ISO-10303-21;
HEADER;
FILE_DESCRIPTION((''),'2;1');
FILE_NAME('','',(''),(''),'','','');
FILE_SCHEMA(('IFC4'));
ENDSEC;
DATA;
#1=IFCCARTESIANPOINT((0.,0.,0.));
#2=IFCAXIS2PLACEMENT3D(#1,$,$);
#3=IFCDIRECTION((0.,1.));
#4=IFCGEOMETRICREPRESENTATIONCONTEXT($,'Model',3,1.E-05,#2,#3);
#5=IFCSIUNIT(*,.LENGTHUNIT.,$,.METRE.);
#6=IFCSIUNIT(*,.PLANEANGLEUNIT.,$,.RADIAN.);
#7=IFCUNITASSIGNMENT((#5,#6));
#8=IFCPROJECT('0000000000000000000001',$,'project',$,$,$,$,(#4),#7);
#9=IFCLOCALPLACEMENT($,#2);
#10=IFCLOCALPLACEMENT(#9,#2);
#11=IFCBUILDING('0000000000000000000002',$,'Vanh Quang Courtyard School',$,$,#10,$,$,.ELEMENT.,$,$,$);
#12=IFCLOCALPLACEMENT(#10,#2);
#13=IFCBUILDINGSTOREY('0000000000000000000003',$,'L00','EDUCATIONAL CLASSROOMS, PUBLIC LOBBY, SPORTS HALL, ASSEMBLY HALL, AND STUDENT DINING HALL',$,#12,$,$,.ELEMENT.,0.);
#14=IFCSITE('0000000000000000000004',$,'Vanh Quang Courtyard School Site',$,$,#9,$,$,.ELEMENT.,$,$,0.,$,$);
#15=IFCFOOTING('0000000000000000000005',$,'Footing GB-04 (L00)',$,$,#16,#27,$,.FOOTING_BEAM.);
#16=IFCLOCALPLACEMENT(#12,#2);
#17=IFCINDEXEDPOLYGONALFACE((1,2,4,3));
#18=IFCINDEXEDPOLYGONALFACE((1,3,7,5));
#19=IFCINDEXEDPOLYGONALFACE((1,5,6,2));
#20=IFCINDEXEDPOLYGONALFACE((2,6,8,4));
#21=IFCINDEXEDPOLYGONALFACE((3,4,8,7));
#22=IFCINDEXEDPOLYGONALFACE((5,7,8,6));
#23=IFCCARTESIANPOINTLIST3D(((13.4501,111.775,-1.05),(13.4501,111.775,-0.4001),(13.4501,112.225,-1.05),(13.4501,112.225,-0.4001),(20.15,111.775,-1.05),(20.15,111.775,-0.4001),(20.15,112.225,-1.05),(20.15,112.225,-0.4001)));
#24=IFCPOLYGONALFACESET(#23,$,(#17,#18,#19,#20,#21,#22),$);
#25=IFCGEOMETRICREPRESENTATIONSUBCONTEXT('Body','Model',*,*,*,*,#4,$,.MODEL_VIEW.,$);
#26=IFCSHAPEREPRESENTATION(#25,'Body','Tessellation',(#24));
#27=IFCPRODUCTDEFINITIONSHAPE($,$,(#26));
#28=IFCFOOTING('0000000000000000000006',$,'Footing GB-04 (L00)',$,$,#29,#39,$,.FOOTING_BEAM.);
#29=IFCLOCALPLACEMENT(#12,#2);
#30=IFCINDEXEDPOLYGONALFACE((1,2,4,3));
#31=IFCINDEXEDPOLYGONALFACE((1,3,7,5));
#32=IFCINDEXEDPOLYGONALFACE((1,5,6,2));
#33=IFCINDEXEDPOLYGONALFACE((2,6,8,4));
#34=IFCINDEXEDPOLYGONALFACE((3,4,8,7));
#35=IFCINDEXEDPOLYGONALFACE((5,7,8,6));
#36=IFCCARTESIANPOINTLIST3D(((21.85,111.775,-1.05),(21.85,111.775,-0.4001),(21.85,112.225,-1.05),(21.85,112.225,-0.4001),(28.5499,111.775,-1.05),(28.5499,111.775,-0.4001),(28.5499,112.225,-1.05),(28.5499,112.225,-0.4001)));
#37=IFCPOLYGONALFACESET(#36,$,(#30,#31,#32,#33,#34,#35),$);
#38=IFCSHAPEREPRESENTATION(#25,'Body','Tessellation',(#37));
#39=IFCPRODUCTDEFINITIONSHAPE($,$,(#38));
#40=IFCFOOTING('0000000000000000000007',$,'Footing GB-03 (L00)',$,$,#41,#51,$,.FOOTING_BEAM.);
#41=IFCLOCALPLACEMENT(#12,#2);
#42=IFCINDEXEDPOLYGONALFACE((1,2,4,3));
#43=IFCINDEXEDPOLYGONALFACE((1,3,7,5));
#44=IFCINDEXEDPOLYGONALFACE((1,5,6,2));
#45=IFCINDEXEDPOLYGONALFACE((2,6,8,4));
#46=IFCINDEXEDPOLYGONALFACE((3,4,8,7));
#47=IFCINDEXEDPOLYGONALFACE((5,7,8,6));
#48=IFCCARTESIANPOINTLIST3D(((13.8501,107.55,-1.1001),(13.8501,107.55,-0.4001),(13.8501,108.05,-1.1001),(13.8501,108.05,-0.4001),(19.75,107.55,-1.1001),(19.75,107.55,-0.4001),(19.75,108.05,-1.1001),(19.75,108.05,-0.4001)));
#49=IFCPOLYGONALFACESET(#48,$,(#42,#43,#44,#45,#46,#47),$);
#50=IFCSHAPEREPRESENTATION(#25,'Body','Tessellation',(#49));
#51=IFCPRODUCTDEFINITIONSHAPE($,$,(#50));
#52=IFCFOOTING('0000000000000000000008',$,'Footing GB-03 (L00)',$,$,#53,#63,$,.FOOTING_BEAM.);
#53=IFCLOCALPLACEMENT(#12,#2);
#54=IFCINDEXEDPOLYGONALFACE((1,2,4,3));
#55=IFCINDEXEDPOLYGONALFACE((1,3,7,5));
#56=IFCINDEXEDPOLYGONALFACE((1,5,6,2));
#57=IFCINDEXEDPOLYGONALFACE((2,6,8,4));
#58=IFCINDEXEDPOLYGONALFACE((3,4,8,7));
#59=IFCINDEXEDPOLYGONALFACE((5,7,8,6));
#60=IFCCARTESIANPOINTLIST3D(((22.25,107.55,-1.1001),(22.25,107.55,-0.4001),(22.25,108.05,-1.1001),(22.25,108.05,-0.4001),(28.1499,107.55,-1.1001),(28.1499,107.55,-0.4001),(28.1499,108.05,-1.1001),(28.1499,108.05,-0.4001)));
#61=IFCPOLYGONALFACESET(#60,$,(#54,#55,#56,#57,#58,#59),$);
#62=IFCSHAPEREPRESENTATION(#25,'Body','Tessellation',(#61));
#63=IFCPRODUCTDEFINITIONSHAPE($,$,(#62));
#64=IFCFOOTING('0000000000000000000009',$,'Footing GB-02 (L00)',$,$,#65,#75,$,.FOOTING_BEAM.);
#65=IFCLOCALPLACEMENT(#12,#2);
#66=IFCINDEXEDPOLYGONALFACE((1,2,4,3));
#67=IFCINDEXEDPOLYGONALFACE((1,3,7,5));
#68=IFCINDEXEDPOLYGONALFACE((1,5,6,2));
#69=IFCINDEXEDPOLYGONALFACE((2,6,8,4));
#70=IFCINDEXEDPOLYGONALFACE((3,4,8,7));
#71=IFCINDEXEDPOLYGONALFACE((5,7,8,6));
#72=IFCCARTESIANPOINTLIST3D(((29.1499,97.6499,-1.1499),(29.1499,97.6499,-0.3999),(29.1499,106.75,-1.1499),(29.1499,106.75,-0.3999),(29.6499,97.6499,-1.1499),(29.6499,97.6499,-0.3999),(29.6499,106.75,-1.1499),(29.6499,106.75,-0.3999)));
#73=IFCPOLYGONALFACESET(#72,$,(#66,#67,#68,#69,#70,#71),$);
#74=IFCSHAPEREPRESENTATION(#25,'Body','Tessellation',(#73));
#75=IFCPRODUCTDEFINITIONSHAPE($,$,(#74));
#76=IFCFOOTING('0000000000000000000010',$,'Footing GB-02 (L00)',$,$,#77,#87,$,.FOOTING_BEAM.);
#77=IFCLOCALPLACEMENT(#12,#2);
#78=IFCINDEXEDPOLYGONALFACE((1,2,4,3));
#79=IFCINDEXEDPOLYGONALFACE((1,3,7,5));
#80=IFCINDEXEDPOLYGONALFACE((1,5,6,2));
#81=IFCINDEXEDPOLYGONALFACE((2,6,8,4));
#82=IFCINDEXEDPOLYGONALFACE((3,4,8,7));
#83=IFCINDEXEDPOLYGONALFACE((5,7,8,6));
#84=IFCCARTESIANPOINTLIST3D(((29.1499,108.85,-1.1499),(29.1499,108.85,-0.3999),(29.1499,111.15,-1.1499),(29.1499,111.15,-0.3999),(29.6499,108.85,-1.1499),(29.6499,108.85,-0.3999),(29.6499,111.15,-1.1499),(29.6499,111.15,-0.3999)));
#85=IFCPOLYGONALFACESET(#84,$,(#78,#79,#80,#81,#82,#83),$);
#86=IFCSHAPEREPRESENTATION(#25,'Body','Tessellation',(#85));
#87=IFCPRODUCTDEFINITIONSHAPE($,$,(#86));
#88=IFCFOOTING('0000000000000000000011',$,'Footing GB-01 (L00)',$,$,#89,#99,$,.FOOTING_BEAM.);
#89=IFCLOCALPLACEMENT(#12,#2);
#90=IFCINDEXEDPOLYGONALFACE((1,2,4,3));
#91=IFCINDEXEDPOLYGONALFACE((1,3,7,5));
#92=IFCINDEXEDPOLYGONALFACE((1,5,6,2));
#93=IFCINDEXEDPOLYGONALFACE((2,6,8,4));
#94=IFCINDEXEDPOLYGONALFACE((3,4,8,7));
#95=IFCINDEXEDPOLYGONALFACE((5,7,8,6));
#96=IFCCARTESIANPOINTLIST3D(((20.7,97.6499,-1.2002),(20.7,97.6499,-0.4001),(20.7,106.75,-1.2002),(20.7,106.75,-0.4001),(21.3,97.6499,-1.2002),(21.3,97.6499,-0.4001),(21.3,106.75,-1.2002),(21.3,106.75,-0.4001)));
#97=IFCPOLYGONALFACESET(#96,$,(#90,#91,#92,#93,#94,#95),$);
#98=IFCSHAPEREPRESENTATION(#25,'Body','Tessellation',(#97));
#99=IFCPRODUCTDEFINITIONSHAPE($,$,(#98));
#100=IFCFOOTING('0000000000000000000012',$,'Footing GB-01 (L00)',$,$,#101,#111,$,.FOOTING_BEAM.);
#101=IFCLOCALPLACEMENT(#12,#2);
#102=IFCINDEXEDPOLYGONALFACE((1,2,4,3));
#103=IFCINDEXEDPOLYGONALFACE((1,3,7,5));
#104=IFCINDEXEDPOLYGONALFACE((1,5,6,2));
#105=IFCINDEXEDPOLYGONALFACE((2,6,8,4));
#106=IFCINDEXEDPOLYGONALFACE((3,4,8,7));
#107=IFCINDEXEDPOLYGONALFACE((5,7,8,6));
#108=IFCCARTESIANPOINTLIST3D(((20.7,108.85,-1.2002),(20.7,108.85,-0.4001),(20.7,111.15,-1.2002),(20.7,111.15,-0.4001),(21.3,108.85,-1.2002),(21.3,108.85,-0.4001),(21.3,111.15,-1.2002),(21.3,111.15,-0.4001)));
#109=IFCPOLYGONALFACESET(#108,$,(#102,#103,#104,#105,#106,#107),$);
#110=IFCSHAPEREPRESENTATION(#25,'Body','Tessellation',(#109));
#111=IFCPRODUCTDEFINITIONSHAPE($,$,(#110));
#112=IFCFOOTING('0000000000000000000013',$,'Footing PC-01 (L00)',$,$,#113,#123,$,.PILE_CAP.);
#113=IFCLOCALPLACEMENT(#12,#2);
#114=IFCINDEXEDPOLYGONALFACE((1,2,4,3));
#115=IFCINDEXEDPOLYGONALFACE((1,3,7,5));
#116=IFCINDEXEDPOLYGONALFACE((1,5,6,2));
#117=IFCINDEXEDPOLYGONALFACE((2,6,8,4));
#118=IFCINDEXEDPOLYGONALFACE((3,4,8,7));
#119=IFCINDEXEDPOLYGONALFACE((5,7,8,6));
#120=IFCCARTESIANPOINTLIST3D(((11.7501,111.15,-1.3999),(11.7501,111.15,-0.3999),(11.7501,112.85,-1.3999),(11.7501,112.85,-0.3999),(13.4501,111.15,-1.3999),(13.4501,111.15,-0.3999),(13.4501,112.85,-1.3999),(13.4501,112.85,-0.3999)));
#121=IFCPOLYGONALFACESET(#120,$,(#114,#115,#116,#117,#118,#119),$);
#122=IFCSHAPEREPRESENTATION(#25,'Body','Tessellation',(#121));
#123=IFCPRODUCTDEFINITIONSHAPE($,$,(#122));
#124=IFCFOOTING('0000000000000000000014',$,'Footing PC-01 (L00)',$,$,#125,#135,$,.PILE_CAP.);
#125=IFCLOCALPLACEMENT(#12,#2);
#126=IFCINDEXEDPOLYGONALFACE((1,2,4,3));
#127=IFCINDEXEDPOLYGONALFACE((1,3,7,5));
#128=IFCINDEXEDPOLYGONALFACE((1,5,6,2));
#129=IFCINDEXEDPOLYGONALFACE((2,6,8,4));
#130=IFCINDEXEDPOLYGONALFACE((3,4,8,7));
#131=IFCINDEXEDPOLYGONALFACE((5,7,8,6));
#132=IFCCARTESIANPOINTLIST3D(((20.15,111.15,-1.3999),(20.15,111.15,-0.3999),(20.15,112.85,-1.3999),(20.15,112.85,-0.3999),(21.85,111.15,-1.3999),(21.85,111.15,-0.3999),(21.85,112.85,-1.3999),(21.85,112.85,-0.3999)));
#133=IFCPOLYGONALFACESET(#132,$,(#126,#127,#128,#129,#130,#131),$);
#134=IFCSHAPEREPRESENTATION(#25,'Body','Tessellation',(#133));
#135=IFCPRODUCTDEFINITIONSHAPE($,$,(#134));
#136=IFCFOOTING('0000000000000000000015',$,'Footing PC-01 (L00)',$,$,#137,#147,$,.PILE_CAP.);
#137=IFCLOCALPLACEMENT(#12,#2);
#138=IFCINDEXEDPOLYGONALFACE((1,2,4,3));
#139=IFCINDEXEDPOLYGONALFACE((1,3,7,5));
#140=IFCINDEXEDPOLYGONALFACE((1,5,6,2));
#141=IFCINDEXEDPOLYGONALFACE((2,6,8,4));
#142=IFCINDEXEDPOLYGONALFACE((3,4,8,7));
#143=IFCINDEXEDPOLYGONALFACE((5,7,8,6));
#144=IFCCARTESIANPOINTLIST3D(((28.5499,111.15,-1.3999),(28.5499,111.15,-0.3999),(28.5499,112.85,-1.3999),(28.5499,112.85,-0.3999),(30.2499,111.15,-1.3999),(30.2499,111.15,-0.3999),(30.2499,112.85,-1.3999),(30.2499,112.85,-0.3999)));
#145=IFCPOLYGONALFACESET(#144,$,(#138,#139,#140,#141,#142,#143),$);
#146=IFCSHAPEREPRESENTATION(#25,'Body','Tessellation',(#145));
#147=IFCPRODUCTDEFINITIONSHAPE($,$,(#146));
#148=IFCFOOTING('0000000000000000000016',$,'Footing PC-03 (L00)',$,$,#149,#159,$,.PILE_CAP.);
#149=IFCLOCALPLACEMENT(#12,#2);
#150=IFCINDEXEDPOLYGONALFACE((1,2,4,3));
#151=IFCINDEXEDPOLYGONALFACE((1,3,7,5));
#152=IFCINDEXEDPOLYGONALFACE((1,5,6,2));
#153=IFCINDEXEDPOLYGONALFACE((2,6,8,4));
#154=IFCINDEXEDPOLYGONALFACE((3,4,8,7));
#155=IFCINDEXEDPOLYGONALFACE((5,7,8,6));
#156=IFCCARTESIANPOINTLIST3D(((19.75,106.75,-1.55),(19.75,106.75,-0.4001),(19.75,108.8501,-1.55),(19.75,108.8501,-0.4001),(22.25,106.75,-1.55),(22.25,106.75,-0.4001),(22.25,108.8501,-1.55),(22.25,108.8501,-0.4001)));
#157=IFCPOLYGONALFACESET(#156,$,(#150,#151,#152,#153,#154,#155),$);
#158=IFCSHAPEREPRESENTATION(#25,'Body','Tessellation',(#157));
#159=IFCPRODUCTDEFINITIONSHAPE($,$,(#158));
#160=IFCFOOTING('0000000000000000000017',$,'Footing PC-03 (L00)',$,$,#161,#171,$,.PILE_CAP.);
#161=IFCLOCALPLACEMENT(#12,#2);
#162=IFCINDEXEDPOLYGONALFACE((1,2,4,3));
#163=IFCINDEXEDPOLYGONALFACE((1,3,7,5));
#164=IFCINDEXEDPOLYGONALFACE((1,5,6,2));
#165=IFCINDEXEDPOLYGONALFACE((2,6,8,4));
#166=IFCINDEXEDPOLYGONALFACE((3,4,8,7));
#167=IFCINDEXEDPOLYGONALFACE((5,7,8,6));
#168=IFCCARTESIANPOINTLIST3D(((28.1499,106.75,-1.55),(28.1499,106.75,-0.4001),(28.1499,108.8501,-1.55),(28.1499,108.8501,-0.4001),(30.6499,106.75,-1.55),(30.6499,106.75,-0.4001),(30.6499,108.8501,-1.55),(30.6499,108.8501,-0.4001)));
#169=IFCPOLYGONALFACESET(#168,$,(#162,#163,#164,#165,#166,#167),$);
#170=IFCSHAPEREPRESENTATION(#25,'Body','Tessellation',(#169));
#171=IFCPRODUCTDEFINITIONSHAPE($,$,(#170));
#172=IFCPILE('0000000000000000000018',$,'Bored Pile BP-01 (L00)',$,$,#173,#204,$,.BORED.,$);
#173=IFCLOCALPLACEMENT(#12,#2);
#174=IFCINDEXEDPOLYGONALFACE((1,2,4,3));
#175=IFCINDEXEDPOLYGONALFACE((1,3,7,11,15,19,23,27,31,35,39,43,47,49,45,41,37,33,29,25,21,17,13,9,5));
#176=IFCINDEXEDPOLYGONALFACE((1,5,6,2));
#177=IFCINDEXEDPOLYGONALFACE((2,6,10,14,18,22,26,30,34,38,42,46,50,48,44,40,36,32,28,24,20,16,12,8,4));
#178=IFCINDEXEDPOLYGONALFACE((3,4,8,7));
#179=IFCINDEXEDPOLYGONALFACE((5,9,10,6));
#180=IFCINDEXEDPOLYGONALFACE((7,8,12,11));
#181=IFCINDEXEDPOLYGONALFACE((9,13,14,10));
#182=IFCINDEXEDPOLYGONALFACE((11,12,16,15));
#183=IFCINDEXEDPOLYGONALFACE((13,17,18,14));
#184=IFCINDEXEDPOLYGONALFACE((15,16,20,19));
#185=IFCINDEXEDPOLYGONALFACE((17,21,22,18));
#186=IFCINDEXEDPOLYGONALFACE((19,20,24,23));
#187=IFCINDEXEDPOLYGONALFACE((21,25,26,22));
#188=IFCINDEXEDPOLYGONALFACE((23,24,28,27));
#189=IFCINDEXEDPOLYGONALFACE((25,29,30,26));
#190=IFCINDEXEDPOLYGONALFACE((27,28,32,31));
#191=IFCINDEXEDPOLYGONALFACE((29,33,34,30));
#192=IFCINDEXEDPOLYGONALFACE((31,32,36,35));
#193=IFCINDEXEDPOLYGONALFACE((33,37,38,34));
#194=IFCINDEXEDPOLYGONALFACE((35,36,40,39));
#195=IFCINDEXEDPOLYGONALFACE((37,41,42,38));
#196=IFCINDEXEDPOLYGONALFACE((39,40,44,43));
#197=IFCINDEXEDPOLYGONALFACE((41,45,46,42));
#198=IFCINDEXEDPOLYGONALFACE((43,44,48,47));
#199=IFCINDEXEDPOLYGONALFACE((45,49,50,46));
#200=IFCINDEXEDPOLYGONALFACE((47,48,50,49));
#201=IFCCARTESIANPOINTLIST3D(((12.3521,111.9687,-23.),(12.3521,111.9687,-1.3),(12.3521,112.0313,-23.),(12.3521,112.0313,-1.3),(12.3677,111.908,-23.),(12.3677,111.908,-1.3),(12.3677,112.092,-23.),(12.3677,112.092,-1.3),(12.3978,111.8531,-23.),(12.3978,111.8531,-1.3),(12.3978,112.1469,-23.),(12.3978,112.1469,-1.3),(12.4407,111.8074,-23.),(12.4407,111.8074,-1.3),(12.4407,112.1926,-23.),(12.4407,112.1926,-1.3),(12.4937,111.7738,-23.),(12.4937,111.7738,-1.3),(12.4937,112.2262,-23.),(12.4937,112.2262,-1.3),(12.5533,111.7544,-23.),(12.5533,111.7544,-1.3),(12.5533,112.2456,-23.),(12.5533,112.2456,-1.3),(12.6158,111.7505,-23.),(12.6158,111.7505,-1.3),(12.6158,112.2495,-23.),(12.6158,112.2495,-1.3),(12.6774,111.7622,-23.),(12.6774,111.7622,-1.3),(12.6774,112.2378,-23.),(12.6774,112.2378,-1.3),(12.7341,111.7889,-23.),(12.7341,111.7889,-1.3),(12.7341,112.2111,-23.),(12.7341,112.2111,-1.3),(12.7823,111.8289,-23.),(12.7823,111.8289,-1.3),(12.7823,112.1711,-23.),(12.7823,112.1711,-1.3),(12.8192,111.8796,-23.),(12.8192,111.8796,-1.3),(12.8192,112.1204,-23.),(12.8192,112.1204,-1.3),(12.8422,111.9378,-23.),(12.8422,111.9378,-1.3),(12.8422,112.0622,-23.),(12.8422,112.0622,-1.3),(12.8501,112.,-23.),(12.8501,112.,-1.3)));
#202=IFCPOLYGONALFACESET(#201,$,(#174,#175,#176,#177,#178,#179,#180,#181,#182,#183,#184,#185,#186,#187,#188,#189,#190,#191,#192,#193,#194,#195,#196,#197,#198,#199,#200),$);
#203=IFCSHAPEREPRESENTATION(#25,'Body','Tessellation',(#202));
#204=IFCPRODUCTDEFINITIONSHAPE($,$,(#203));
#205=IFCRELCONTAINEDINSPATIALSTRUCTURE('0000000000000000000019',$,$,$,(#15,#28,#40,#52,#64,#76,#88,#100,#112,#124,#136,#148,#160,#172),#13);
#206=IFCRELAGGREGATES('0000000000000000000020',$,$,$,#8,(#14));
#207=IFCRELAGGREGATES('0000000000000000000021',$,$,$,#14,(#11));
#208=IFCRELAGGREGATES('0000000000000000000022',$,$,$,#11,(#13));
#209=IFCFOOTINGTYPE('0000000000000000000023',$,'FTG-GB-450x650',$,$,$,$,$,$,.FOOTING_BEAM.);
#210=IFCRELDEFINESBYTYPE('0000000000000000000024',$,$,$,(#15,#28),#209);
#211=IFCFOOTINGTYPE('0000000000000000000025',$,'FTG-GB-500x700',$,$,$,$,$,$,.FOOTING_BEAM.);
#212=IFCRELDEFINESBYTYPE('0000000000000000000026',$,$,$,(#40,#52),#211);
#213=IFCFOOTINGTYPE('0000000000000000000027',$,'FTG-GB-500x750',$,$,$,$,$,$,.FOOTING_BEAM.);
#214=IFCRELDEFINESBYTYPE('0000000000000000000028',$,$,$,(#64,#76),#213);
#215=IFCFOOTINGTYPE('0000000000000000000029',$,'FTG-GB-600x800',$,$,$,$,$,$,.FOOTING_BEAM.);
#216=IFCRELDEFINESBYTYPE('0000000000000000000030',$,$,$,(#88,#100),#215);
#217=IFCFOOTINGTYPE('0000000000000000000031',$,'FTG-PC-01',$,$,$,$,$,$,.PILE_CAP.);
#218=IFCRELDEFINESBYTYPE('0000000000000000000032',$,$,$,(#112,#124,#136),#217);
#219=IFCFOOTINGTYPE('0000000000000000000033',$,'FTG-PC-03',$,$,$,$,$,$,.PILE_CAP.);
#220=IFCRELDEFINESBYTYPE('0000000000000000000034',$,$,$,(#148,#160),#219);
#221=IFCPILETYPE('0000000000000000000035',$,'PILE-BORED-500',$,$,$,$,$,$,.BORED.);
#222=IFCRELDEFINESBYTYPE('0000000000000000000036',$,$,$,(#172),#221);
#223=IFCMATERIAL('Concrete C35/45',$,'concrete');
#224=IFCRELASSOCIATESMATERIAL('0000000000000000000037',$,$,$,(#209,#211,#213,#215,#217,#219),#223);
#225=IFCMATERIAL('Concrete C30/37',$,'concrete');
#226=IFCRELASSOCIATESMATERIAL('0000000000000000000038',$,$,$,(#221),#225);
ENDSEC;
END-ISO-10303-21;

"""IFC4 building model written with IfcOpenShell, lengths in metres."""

from ifc_helpers import new_model, si_unit, direction, frame, origin, origin_2d, place, context, subcontext, project, spatial, rectangle, circle, extrude, material, material_profile, profile_set, type_object, element, save


model = new_model("IFC4")

# Units and contexts
model_context = context("Model", 3, precision=1e-05, world=origin(), true_north=direction((0.0, 1.0)))
body_context = subcontext(model_context, "Body", "Model", "MODEL_VIEW")
ifc_project = project(units=[si_unit("LENGTHUNIT", "METRE"), si_unit("PLANEANGLEUNIT", "RADIAN")], contexts=[model_context])

# Site, building, storey
site_placement = place(None, origin())
site = spatial("IfcSite", under=ifc_project, at=site_placement, Name="Vanh Quang Courtyard School Site", CompositionType="ELEMENT", RefElevation=0.0)
building_placement = place(site_placement, origin())
building = spatial("IfcBuilding", under=site, at=building_placement, Name="Vanh Quang Courtyard School", CompositionType="ELEMENT")
storey_placement = place(building_placement, origin())
storey = spatial("IfcBuildingStorey", under=building, at=storey_placement, Name="L00", Description="EDUCATIONAL CLASSROOMS, PUBLIC LOBBY, SPORTS HALL, ASSEMBLY HALL, AND STUDENT DINING HALL", CompositionType="ELEMENT", Elevation=0.0)

# Footings
ifc_material_1 = material(Name="Concrete C35/45", Category="concrete")
footing_type_1 = type_object("IfcFootingType", Name="FTG-GB-450x650", PredefinedType="FOOTING_BEAM", material=ifc_material_1)
for number, where, z_axis, x_axis, name in (
    (1, (16.8, 112.0, -1.05), (0.0, 0.0, 1.0), (1.0, 0.0, 0.0), "Footing GB-04 (L00)"),
    (2, (25.2, 112.0, -1.05), (0.0, 0.0, 1.0), (1.0, 0.0, 0.0), "Footing GB-04 (L00)"),
):
    element("IfcFooting", number, at=place(storey_placement, frame(where, z_axis=z_axis, x_axis=x_axis)), inside=storey, type_object=footing_type_1, Name=name, PredefinedType="FOOTING_BEAM", context=body_context, shape_type="SweptSolid", body=[
        extrude(rectangle(XDim=6.7, YDim=0.45, at=origin_2d()), origin(), (0.0, 0.0, 1.0), 0.6499),
    ])
footing_type_2 = type_object("IfcFootingType", Name="FTG-GB-500x700", PredefinedType="FOOTING_BEAM", material=ifc_material_1)
for number, where, z_axis, x_axis, name in (
    (3, (16.8, 107.8, -1.1001), (0.0, 0.0, 1.0), (1.0, 0.0, 0.0), "Footing GB-03 (L00)"),
    (4, (25.2, 107.8, -1.1001), (0.0, 0.0, 1.0), (1.0, 0.0, 0.0), "Footing GB-03 (L00)"),
):
    element("IfcFooting", number, at=place(storey_placement, frame(where, z_axis=z_axis, x_axis=x_axis)), inside=storey, type_object=footing_type_2, Name=name, PredefinedType="FOOTING_BEAM", context=body_context, shape_type="SweptSolid", body=[
        extrude(rectangle(XDim=5.8999, YDim=0.5, at=origin_2d()), origin(), (0.0, 0.0, 1.0), 0.7),
    ])
footing_type_3 = type_object("IfcFootingType", Name="FTG-GB-500x750", PredefinedType="FOOTING_BEAM", material=ifc_material_1)
footing_1_placement = place(storey_placement, frame((29.3999, 102.2, -1.1499), z_axis=(0.0, 0.0, 1.0), x_axis=(0.0, 1.0, 0.0)))
element("IfcFooting", 5, at=footing_1_placement, inside=storey, type_object=footing_type_3, Name="Footing GB-02 (L00)", PredefinedType="FOOTING_BEAM", context=body_context, shape_type="SweptSolid", body=[
    extrude(rectangle(XDim=9.1001, YDim=0.5, at=origin_2d()), origin(), (0.0, 0.0, 1.0), 0.75),
])
footing_2_placement = place(storey_placement, frame((29.3999, 110.0, -1.1499), z_axis=(0.0, 0.0, 1.0), x_axis=(0.0, 1.0, 0.0)))
element("IfcFooting", 6, at=footing_2_placement, inside=storey, type_object=footing_type_3, Name="Footing GB-02 (L00)", PredefinedType="FOOTING_BEAM", context=body_context, shape_type="SweptSolid", body=[
    extrude(rectangle(XDim=2.3, YDim=0.5, at=origin_2d()), origin(), (0.0, 0.0, 1.0), 0.75),
])
footing_type_4 = type_object("IfcFootingType", Name="FTG-GB-600x800", PredefinedType="FOOTING_BEAM", material=ifc_material_1)
footing_3_placement = place(storey_placement, frame((21.0, 102.2, -1.2002), z_axis=(0.0, 0.0, 1.0), x_axis=(0.0, 1.0, 0.0)))
element("IfcFooting", 7, at=footing_3_placement, inside=storey, type_object=footing_type_4, Name="Footing GB-01 (L00)", PredefinedType="FOOTING_BEAM", context=body_context, shape_type="SweptSolid", body=[
    extrude(rectangle(XDim=9.1001, YDim=0.6001, at=origin_2d()), origin(), (0.0, 0.0, 1.0), 0.8),
])
footing_4_placement = place(storey_placement, frame((21.0, 110.0, -1.2002), z_axis=(0.0, 0.0, 1.0), x_axis=(0.0, 1.0, 0.0)))
element("IfcFooting", 8, at=footing_4_placement, inside=storey, type_object=footing_type_4, Name="Footing GB-01 (L00)", PredefinedType="FOOTING_BEAM", context=body_context, shape_type="SweptSolid", body=[
    extrude(rectangle(XDim=2.3, YDim=0.6001, at=origin_2d()), origin(), (0.0, 0.0, 1.0), 0.8),
])
footing_type_5 = type_object("IfcFootingType", Name="FTG-PC-01", PredefinedType="PILE_CAP", material=ifc_material_1)
for number, where, z_axis, x_axis, name in (
    (9, (12.6001, 112.0, -1.3999), (0.0, 0.0, 1.0), (1.0, 0.0, 0.0), "Footing PC-01 (L00)"),
    (10, (21.0, 112.0, -1.3999), (0.0, 0.0, 1.0), (1.0, 0.0, 0.0), "Footing PC-01 (L00)"),
    (11, (29.3999, 112.0, -1.3999), (0.0, 0.0, 1.0), (1.0, 0.0, 0.0), "Footing PC-01 (L00)"),
):
    element("IfcFooting", number, at=place(storey_placement, frame(where, z_axis=z_axis, x_axis=x_axis)), inside=storey, type_object=footing_type_5, Name=name, PredefinedType="PILE_CAP", context=body_context, shape_type="SweptSolid", body=[
        extrude(rectangle(XDim=1.7, YDim=1.7, at=origin_2d()), origin(), (0.0, 0.0, 1.0), 1.0),
    ])
footing_type_6 = type_object("IfcFootingType", Name="FTG-PC-03", PredefinedType="PILE_CAP", material=ifc_material_1)
for number, where, z_axis, x_axis, name in (
    (12, (21.0, 107.8, -1.55), (0.0, 0.0, 1.0), (1.0, 0.0, 0.0), "Footing PC-03 (L00)"),
    (13, (29.3999, 107.8, -1.55), (0.0, 0.0, 1.0), (1.0, 0.0, 0.0), "Footing PC-03 (L00)"),
):
    element("IfcFooting", number, at=place(storey_placement, frame(where, z_axis=z_axis, x_axis=x_axis)), inside=storey, type_object=footing_type_6, Name=name, PredefinedType="PILE_CAP", context=body_context, shape_type="SweptSolid", body=[
        extrude(rectangle(XDim=2.5, YDim=2.1001, at=origin_2d()), origin(), (0.0, 0.0, 1.0), 1.1499),
    ])

# Pile
ifc_material_2 = material(Name="Concrete C30/37", Category="concrete")
ifc_material_profile_1 = material_profile(ifc_material_2, circle(Radius=0.25, at=origin_2d()), Name="PILE D500")
ifc_profile_set_1 = profile_set([ifc_material_profile_1], Name="Concrete C30/37")
pile_type_1 = type_object("IfcPileType", Name="PILE-BORED-500", PredefinedType="BORED", material=ifc_profile_set_1)
for number, where, z_axis, x_axis, name in (
    (14, (12.6001, 112.0, -1.3), (0.0, 0.0, -1.0), (1.0, 0.0, 0.0), "Bored Pile BP-01 (L00)"),
):
    element("IfcPile", number, at=place(storey_placement, frame(where, z_axis=z_axis, x_axis=x_axis)), inside=storey, type_object=pile_type_1, Name=name, PredefinedType="BORED", context=body_context, shape_type="SweptSolid", body=[
        extrude(circle(Radius=0.25, at=origin_2d()), origin(), (0.0, 0.0, 1.0), 21.7),
    ])

save(model, "model.ifc")
